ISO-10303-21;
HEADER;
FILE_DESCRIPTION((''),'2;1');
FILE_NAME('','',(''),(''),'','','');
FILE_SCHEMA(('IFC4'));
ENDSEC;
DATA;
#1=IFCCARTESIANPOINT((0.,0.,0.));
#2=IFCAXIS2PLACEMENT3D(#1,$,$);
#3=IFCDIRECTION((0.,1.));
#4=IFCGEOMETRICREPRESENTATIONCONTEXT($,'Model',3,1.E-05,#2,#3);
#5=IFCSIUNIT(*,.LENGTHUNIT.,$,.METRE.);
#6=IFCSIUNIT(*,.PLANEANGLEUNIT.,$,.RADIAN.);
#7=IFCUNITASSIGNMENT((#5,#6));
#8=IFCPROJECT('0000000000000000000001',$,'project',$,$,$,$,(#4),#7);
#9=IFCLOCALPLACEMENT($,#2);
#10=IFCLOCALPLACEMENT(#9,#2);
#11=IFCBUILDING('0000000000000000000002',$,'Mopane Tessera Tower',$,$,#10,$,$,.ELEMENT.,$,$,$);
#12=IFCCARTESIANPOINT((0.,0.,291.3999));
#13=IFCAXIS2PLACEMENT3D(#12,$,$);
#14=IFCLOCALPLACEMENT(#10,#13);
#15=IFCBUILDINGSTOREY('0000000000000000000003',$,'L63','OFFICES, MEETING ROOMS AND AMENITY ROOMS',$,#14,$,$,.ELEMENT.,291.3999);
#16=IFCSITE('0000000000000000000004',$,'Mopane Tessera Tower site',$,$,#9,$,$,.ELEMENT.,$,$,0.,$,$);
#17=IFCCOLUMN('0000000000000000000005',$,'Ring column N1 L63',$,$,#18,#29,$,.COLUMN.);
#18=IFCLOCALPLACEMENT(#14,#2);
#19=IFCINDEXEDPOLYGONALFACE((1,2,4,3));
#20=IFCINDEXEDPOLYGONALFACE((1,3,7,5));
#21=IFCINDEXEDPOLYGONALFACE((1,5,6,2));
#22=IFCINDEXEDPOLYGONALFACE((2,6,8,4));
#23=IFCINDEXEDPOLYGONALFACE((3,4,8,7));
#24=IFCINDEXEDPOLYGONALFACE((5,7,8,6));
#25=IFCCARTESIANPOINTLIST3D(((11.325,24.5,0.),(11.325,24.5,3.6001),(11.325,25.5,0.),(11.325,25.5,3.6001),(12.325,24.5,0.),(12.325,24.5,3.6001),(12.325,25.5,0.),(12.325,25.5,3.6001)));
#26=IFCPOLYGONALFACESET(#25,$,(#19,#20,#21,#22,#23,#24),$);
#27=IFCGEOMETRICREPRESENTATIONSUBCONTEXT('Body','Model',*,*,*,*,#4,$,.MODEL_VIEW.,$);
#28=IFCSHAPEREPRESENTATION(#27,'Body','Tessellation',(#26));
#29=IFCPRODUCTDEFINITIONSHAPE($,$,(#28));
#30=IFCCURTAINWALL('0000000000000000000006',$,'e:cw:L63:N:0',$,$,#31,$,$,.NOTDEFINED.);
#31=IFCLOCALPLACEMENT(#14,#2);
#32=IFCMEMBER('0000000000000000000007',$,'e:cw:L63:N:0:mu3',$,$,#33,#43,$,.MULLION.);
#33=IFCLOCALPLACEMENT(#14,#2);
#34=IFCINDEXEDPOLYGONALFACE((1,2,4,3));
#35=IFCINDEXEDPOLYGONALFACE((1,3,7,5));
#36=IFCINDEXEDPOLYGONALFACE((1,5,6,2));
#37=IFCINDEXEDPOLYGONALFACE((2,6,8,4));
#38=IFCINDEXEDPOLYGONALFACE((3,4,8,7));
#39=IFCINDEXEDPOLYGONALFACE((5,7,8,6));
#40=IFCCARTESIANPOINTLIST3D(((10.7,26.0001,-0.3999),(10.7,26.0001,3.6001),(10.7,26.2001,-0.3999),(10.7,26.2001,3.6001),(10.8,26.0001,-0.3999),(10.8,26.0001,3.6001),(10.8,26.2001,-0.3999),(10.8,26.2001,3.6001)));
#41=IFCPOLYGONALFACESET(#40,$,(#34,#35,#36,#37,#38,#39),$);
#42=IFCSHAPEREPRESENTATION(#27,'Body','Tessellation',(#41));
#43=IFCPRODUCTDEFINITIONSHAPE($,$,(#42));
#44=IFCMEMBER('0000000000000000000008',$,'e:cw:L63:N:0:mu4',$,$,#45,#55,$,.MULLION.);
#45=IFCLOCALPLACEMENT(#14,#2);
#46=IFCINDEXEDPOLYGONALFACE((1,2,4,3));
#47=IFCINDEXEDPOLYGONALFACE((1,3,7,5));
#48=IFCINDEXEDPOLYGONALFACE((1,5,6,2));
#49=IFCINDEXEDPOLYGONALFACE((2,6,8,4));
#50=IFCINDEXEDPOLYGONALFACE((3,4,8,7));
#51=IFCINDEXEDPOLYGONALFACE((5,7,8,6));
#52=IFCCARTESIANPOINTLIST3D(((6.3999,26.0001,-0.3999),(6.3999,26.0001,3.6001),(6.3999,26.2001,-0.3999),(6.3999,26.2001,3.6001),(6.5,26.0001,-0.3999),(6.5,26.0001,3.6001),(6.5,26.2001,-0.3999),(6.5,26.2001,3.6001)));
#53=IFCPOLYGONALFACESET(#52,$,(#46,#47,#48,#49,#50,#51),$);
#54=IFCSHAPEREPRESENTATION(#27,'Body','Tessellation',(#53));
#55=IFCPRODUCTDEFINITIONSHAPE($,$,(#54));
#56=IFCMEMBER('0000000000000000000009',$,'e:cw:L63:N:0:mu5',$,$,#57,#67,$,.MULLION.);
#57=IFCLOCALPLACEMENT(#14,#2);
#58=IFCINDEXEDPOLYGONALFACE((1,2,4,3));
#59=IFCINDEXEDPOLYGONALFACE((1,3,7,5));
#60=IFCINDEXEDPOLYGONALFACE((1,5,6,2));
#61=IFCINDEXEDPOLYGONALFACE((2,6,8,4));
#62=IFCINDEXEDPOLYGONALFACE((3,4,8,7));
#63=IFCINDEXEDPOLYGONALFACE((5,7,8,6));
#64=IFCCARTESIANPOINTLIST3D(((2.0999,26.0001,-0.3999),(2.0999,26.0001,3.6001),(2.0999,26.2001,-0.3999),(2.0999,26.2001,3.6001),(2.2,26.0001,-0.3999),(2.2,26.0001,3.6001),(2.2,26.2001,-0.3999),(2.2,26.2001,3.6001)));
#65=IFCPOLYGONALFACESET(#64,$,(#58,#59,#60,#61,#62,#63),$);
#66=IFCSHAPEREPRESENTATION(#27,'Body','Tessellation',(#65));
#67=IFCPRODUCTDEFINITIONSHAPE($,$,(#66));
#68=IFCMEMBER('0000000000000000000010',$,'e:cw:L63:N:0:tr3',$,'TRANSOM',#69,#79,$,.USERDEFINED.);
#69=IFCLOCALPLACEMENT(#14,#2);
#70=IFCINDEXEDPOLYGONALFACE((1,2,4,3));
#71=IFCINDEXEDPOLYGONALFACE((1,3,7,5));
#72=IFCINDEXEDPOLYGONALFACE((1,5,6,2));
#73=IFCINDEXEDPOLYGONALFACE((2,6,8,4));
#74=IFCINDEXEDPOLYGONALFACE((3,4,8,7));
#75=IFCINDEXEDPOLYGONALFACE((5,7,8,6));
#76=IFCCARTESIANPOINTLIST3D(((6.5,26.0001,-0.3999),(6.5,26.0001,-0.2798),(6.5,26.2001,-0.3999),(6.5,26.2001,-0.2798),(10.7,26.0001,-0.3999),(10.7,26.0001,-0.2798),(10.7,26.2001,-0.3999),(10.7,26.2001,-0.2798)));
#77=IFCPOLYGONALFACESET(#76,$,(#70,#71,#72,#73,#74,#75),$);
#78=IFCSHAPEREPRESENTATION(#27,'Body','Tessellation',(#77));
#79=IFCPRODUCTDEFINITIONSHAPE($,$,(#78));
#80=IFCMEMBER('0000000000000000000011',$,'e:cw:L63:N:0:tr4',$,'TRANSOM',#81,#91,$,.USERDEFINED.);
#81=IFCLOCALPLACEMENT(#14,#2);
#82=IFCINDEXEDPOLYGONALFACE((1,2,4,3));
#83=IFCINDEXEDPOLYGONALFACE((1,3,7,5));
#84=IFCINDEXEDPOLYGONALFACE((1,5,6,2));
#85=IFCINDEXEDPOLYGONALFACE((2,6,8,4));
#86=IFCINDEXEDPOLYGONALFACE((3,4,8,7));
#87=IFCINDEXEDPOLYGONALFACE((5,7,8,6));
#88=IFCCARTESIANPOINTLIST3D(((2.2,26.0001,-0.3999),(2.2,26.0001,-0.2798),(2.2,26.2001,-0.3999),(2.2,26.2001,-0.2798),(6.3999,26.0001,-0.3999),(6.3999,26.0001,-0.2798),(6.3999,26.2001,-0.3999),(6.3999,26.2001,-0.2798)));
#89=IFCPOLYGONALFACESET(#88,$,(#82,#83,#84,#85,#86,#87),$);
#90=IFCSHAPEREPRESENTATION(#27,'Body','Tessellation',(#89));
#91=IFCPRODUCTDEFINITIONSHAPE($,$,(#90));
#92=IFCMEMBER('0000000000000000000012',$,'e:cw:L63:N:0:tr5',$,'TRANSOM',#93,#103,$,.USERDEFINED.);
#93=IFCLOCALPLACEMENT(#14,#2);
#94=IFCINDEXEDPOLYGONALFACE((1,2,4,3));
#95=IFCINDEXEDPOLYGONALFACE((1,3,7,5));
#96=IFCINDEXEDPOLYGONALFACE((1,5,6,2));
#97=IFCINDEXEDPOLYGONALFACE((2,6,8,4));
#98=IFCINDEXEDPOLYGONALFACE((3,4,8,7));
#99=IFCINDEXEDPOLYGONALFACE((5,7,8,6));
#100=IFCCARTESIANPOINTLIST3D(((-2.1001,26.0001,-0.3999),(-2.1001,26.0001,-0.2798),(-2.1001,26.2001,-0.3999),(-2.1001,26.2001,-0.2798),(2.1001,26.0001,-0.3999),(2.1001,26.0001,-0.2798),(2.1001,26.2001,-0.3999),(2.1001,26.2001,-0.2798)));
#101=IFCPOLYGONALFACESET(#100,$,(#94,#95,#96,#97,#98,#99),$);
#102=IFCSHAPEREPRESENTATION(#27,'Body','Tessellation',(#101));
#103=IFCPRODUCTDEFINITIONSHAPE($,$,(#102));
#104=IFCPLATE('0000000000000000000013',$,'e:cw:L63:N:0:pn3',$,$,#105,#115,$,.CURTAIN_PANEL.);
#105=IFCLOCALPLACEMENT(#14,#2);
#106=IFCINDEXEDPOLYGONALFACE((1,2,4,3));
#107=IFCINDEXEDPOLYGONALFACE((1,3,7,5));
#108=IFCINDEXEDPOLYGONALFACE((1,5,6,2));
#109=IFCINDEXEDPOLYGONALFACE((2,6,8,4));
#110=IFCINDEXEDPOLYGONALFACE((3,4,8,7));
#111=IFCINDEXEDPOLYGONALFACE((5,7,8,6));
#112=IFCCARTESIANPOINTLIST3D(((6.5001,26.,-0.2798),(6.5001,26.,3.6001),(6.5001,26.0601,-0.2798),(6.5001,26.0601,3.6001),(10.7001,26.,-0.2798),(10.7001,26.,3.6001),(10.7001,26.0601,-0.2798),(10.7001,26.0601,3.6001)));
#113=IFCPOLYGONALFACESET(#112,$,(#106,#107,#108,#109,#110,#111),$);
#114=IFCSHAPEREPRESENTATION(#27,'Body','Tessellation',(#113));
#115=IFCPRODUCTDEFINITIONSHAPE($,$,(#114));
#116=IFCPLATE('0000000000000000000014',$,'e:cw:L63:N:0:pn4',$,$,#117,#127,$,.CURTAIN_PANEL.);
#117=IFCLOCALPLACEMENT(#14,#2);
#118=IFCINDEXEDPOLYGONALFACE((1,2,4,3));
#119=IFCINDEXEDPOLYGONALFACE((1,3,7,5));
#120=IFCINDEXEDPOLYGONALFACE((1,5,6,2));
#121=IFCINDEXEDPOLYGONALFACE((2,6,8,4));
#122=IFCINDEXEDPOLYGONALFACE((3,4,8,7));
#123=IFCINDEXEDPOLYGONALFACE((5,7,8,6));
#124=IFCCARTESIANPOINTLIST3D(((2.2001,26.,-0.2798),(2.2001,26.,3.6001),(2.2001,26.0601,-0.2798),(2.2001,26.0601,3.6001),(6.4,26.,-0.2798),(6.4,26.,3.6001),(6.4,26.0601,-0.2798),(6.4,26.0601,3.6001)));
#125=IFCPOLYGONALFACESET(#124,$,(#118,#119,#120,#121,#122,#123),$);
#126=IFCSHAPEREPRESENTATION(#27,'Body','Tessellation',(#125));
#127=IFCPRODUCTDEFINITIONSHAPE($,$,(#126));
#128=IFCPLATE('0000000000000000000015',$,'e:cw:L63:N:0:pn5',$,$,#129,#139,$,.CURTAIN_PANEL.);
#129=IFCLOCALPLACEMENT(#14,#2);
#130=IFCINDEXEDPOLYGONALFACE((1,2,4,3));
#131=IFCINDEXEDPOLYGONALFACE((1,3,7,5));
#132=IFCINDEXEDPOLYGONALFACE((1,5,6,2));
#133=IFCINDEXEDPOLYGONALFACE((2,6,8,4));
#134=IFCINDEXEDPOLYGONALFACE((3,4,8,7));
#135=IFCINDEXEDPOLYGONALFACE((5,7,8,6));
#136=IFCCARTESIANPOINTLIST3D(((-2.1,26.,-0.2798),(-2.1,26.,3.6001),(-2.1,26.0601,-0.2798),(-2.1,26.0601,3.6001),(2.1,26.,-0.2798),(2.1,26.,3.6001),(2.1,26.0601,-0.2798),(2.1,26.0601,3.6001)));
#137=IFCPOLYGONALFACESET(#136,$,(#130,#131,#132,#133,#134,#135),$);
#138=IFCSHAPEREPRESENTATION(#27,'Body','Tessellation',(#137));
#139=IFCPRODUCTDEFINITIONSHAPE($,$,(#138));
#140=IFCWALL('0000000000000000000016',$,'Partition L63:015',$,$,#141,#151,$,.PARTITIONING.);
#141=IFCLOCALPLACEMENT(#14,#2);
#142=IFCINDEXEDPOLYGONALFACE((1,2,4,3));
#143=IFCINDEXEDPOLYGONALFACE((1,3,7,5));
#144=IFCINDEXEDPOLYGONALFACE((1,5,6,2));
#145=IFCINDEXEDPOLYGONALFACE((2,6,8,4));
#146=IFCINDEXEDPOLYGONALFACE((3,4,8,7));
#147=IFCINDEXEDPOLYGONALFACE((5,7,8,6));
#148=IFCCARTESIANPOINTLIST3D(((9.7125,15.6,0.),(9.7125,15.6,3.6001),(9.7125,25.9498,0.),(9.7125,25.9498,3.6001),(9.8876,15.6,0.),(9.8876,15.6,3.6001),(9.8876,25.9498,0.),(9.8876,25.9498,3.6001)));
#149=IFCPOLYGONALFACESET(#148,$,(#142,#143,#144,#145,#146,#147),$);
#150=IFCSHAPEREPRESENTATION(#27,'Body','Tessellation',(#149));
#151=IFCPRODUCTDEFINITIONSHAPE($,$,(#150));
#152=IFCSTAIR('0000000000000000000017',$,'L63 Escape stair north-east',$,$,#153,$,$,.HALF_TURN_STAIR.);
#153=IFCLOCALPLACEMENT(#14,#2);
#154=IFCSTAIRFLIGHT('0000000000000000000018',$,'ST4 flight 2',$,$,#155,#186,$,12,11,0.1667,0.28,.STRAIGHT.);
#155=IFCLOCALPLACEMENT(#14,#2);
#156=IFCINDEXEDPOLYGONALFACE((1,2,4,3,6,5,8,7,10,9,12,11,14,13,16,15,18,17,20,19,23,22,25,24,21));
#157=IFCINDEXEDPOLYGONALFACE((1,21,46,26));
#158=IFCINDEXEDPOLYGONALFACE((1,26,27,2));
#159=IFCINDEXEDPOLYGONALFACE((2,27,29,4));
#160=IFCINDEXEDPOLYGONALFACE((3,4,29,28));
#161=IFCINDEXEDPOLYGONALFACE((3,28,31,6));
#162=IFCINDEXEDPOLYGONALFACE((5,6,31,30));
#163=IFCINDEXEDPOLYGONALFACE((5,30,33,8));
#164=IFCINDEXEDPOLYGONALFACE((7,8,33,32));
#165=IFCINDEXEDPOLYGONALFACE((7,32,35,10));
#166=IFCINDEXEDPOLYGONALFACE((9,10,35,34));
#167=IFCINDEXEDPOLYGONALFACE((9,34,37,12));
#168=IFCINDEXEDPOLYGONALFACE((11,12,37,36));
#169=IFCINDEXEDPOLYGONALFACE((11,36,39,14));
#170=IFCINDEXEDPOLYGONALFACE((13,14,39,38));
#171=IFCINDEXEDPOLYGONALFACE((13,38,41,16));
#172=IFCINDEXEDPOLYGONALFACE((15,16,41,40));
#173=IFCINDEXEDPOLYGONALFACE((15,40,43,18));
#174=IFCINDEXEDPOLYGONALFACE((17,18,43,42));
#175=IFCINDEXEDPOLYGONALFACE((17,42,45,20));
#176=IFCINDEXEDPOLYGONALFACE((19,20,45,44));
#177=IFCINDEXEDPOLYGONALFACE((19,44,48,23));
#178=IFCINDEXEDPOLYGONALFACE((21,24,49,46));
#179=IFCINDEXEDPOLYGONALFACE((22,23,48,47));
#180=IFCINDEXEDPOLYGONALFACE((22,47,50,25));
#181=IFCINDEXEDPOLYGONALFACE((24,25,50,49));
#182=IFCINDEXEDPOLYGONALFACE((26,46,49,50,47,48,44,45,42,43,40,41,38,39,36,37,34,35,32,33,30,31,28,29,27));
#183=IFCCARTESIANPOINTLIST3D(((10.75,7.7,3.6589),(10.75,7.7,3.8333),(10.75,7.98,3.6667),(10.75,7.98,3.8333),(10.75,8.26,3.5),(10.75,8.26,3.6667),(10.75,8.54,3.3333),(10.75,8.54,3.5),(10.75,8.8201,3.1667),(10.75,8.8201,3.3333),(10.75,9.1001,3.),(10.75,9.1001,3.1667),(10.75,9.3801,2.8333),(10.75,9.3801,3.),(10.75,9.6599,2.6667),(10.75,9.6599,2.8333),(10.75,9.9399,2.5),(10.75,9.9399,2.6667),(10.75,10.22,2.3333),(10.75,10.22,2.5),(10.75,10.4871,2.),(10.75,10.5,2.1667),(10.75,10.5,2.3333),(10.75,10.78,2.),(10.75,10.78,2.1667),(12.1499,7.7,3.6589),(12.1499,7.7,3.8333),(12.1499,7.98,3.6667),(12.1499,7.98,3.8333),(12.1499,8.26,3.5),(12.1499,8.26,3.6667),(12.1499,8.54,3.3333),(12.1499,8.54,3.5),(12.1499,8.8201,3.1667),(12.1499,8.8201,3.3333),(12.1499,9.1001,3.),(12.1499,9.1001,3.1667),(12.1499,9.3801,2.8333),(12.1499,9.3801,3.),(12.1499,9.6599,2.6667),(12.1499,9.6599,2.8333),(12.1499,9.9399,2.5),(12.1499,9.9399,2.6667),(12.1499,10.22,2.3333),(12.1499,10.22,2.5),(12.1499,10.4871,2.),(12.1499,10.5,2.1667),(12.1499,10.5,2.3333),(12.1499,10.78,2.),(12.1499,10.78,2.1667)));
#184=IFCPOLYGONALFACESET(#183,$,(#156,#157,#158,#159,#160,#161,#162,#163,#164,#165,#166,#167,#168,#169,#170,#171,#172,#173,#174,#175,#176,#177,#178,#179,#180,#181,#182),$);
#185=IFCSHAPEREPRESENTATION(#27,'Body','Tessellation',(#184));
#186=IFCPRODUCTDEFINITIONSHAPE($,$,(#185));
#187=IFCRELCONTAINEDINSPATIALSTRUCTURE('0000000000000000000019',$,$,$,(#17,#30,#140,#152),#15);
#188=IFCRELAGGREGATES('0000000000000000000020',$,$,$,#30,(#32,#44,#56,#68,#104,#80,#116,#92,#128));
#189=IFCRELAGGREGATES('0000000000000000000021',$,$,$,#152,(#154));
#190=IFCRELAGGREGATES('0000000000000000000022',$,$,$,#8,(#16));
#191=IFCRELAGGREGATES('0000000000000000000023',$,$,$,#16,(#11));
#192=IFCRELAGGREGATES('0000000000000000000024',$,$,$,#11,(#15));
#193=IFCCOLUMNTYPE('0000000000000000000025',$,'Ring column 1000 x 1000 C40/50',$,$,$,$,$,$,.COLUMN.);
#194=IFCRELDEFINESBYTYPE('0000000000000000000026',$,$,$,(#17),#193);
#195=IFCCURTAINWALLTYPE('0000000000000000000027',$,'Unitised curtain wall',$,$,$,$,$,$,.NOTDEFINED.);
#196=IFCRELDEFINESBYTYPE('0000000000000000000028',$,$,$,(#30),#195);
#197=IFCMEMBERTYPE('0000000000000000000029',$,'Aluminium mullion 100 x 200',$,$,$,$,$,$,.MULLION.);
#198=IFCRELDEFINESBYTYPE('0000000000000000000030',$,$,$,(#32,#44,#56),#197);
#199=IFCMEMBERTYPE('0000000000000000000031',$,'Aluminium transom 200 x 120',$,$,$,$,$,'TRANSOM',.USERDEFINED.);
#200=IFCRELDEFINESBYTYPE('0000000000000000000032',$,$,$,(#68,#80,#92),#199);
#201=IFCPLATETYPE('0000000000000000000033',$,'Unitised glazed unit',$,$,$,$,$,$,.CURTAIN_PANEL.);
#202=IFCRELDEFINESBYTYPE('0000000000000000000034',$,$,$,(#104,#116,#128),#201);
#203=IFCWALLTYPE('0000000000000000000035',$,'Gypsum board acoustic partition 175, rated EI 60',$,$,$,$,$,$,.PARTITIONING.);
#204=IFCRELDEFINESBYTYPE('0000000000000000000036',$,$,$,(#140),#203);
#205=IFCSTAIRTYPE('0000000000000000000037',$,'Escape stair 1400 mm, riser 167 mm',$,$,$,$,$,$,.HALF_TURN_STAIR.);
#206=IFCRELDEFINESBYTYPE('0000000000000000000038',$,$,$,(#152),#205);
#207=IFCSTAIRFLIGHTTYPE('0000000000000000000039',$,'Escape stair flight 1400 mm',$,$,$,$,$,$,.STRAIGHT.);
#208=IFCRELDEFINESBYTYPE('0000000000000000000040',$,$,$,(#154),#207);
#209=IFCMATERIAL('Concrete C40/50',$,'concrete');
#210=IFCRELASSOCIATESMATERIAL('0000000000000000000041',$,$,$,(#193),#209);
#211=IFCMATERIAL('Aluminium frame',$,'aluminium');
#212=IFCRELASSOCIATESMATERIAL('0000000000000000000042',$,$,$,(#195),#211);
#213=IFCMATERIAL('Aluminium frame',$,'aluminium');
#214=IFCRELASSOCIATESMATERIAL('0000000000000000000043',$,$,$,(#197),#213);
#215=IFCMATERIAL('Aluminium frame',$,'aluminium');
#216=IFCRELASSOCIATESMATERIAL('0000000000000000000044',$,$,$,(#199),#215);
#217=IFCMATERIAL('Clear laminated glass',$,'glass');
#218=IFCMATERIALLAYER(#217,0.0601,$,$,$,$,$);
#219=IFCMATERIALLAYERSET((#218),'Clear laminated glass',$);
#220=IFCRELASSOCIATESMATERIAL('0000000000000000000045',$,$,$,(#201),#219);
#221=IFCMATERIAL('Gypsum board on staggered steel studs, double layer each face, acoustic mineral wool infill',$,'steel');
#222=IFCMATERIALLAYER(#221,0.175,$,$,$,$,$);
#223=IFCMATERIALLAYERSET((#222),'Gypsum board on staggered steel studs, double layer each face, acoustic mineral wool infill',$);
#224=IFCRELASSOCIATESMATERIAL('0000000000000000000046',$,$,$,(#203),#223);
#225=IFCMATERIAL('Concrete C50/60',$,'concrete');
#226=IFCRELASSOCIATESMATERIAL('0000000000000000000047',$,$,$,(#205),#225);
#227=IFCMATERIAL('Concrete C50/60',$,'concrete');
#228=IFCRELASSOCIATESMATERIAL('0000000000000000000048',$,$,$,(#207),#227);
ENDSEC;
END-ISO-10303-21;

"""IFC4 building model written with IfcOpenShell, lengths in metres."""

from ifc_helpers import new_model, si_unit, direction, frame, frame_2d, origin, origin_2d, place, context, subcontext, project, spatial, polyline, rectangle, outline, extrude, material, layer, layer_set, material_profile, profile_set, type_object, element, aggregate, save


model = new_model("IFC4")

# Units and contexts
model_context = context("Model", 3, precision=1e-05, world=origin(), true_north=direction((0.0, 1.0)))
body_context = subcontext(model_context, "Body", "Model", "MODEL_VIEW")
ifc_project = project(units=[si_unit("LENGTHUNIT", "METRE"), si_unit("PLANEANGLEUNIT", "RADIAN")], contexts=[model_context])

# Site, building, storey
site_placement = place(None, origin())
site = spatial("IfcSite", under=ifc_project, at=site_placement, Name="Mopane Tessera Tower site", CompositionType="ELEMENT", RefElevation=0.0)
building_placement = place(site_placement, origin())
building = spatial("IfcBuilding", under=site, at=building_placement, Name="Mopane Tessera Tower", CompositionType="ELEMENT")
storey_placement = place(building_placement, frame((0.0, 0.0, 291.3999)))
storey = spatial("IfcBuildingStorey", under=building, at=storey_placement, Name="L63", Description="OFFICES, MEETING ROOMS AND AMENITY ROOMS", CompositionType="ELEMENT", Elevation=291.3999)

# Column
ifc_material_1 = material(Name="Concrete C40/50", Category="concrete")
ifc_material_profile_1 = material_profile(ifc_material_1, rectangle(XDim=1.0, YDim=1.0, at=origin_2d()))
ifc_profile_set_1 = profile_set([ifc_material_profile_1], Name="Concrete C40/50")
column_type = type_object("IfcColumnType", Name="Ring column 1000 x 1000 C40/50", PredefinedType="COLUMN", material=ifc_profile_set_1)
column_placement = place(storey_placement, frame((11.825, 25.0, 0.0), z_axis=(0.0, 0.0, 1.0), x_axis=(1.0, 0.0, 0.0)))
element("IfcColumn", 1, at=column_placement, inside=storey, type_object=column_type, Name="Ring column N1 L63", PredefinedType="COLUMN", context=body_context, shape_type="SweptSolid", body=[
    extrude(rectangle(XDim=1.0, YDim=1.0, at=origin_2d()), origin(), (0.0, 0.0, 1.0), 3.6001),
])

# Curtain wall, members, plates
ifc_material_2 = material(Name="Aluminium frame", Category="aluminium")
curtain_wall_type = type_object("IfcCurtainWallType", Name="Unitised curtain wall", PredefinedType="NOTDEFINED", material=ifc_material_2)
curtain_wall_placement = place(storey_placement, origin())
curtain_wall = element("IfcCurtainWall", 2, at=curtain_wall_placement, inside=storey, type_object=curtain_wall_type, Name="e:cw:L63:N:0", PredefinedType="NOTDEFINED")
ifc_material_3 = material(Name="Aluminium frame", Category="aluminium")
ifc_material_profile_2 = material_profile(ifc_material_3, rectangle(XDim=0.1001, YDim=0.2, at=origin_2d()))
ifc_profile_set_2 = profile_set([ifc_material_profile_2], Name="Aluminium frame")
member_type_1 = type_object("IfcMemberType", Name="Aluminium mullion 100 x 200", PredefinedType="MULLION", material=ifc_profile_set_2)
member_1_placement = place(storey_placement, frame((10.75, 26.1001, -0.3999), z_axis=(0.0, 0.0, 1.0), x_axis=(-1.0, 0.0, 0.0)))
member_1 = element("IfcMember", 3, at=member_1_placement, type_object=member_type_1, Name="e:cw:L63:N:0:mu3", PredefinedType="MULLION", context=body_context, shape_type="SweptSolid", body=[
    extrude(rectangle(XDim=0.1001, YDim=0.2, at=origin_2d()), origin(), (0.0, 0.0, 1.0), 4.0),
])
member_2_placement = place(storey_placement, frame((6.45, 26.1001, -0.3999), z_axis=(0.0, 0.0, 1.0), x_axis=(-1.0, 0.0, 0.0)))
member_2 = element("IfcMember", 4, at=member_2_placement, type_object=member_type_1, Name="e:cw:L63:N:0:mu4", PredefinedType="MULLION", context=body_context, shape_type="SweptSolid", body=[
    extrude(rectangle(XDim=0.1001, YDim=0.2, at=origin_2d()), origin(), (0.0, 0.0, 1.0), 4.0),
])
member_3_placement = place(storey_placement, frame((2.1499, 26.1001, -0.3999), z_axis=(0.0, 0.0, 1.0), x_axis=(-1.0, 0.0, 0.0)))
member_3 = element("IfcMember", 5, at=member_3_placement, type_object=member_type_1, Name="e:cw:L63:N:0:mu5", PredefinedType="MULLION", context=body_context, shape_type="SweptSolid", body=[
    extrude(rectangle(XDim=0.1001, YDim=0.2, at=origin_2d()), origin(), (0.0, 0.0, 1.0), 4.0),
])
ifc_material_4 = material(Name="Aluminium frame", Category="aluminium")
ifc_material_profile_3 = material_profile(ifc_material_4, rectangle(XDim=0.2, YDim=0.1201, at=origin_2d()))
ifc_profile_set_3 = profile_set([ifc_material_profile_3], Name="Aluminium frame")
member_type_2 = type_object("IfcMemberType", Name="Aluminium transom 200 x 120", ElementType="TRANSOM", PredefinedType="USERDEFINED", material=ifc_profile_set_3)
member_4_placement = place(storey_placement, frame((10.7, 26.1001, -0.3398), z_axis=(-1.0, 0.0, 0.0), x_axis=(0.0, -1.0, 0.0)))
member_4 = element("IfcMember", 6, at=member_4_placement, type_object=member_type_2, Name="e:cw:L63:N:0:tr3", ObjectType="TRANSOM", PredefinedType="USERDEFINED", context=body_context, shape_type="SweptSolid", body=[
    extrude(rectangle(XDim=0.2, YDim=0.1201, at=origin_2d()), origin(), (0.0, 0.0, 1.0), 4.2),
])
member_5_placement = place(storey_placement, frame((6.3999, 26.1001, -0.3398), z_axis=(-1.0, 0.0, 0.0), x_axis=(0.0, -1.0, 0.0)))
member_5 = element("IfcMember", 7, at=member_5_placement, type_object=member_type_2, Name="e:cw:L63:N:0:tr4", ObjectType="TRANSOM", PredefinedType="USERDEFINED", context=body_context, shape_type="SweptSolid", body=[
    extrude(rectangle(XDim=0.2, YDim=0.1201, at=origin_2d()), origin(), (0.0, 0.0, 1.0), 4.2),
])
member_6_placement = place(storey_placement, frame((2.1001, 26.1001, -0.3398), z_axis=(-1.0, 0.0, 0.0), x_axis=(0.0, -1.0, 0.0)))
member_6 = element("IfcMember", 8, at=member_6_placement, type_object=member_type_2, Name="e:cw:L63:N:0:tr5", ObjectType="TRANSOM", PredefinedType="USERDEFINED", context=body_context, shape_type="SweptSolid", body=[
    extrude(rectangle(XDim=0.2, YDim=0.1201, at=origin_2d()), origin(), (0.0, 0.0, 1.0), 4.2002),
])
ifc_material_5 = material(Name="Clear laminated glass", Category="glass")
ifc_layer_1 = layer(ifc_material_5, 0.0601)
ifc_layer_set_1 = layer_set([ifc_layer_1], Name="Clear laminated glass")
plate_type = type_object("IfcPlateType", Name="Unitised glazed unit", PredefinedType="CURTAIN_PANEL", material=ifc_layer_set_1)
plate_1_placement = place(storey_placement, frame((8.6001, 26.03, -0.2798), z_axis=(0.0, 0.0, 1.0), x_axis=(-1.0, 0.0, 0.0)))
plate_1 = element("IfcPlate", 9, at=plate_1_placement, type_object=plate_type, Name="e:cw:L63:N:0:pn3", PredefinedType="CURTAIN_PANEL", context=body_context, shape_type="SweptSolid", body=[
    extrude(rectangle(XDim=4.2, YDim=0.0601, at=origin_2d()), origin(), (0.0, 0.0, 1.0), 3.8799),
])
plate_2_placement = place(storey_placement, frame((4.3, 26.03, -0.2798), z_axis=(0.0, 0.0, 1.0), x_axis=(-1.0, 0.0, 0.0)))
plate_2 = element("IfcPlate", 10, at=plate_2_placement, type_object=plate_type, Name="e:cw:L63:N:0:pn4", PredefinedType="CURTAIN_PANEL", context=body_context, shape_type="SweptSolid", body=[
    extrude(rectangle(XDim=4.2, YDim=0.0601, at=origin_2d()), origin(), (0.0, 0.0, 1.0), 3.8799),
])
plate_3_placement = place(storey_placement, frame((0.0, 26.03, -0.2798), z_axis=(0.0, 0.0, 1.0), x_axis=(-1.0, 0.0, 0.0)))
plate_3 = element("IfcPlate", 11, at=plate_3_placement, type_object=plate_type, Name="e:cw:L63:N:0:pn5", PredefinedType="CURTAIN_PANEL", context=body_context, shape_type="SweptSolid", body=[
    extrude(rectangle(XDim=4.2, YDim=0.0601, at=origin_2d()), origin(), (0.0, 0.0, 1.0), 3.8799),
])
aggregate(curtain_wall, [member_1, member_2, member_3, member_4, plate_1, member_5, plate_2, member_6, plate_3])

# Wall
ifc_material_6 = material(Name="Gypsum board on staggered steel studs, double layer each face, acoustic mineral wool infill", Category="steel")
ifc_layer_2 = layer(ifc_material_6, 0.175)
ifc_layer_set_2 = layer_set([ifc_layer_2], Name="Gypsum board on staggered steel studs, double layer each face, acoustic mineral wool infill")
wall_type = type_object("IfcWallType", Name="Gypsum board acoustic partition 175, rated EI 60", PredefinedType="PARTITIONING", material=ifc_layer_set_2)
wall_placement = place(storey_placement, frame((9.8, 15.6001, 0.0), z_axis=(0.0, 0.0, 1.0), x_axis=(0.0, 1.0, 0.0)))
element("IfcWall", 12, at=wall_placement, inside=storey, type_object=wall_type, Name="Partition L63:015", PredefinedType="PARTITIONING", context=body_context, shape_type="SweptSolid", body=[
    extrude(rectangle(XDim=10.3499, YDim=0.175, at=frame_2d((5.1748, 0.0))), origin(), (0.0, 0.0, 1.0), 3.6001),
])

# Stair, stair flight
ifc_material_7 = material(Name="Concrete C50/60", Category="concrete")
stair_type = type_object("IfcStairType", Name="Escape stair 1400 mm, riser 167 mm", PredefinedType="HALF_TURN_STAIR", material=ifc_material_7)
stair_placement = place(storey_placement, origin())
stair = element("IfcStair", 13, at=stair_placement, inside=storey, type_object=stair_type, Name="L63 Escape stair north-east", PredefinedType="HALF_TURN_STAIR")
ifc_material_8 = material(Name="Concrete C50/60", Category="concrete")
stair_flight_type = type_object("IfcStairFlightType", Name="Escape stair flight 1400 mm", PredefinedType="STRAIGHT", material=ifc_material_8)
stair_flight_placement = place(storey_placement, frame((11.45, 10.78, 2.0), z_axis=(0.0, 0.0, 1.0), x_axis=(0.0, -1.0, 0.0)))
stair_flight = element("IfcStairFlight", 14, at=stair_flight_placement, type_object=stair_flight_type, Name="ST4 flight 2", NumberOfRisers=12, NumberOfTreads=11, PredefinedType="STRAIGHT", RiserHeight=0.1667, TreadLength=0.28, context=body_context, shape_type="SweptSolid", body=[
    extrude(outline(polyline([(0.0, 0.0), (0.0, 0.1667), (0.28, 0.1667), (0.28, 0.3333), (0.5601, 0.3333), (0.5601, 0.5), (0.8401, 0.5), (0.8401, 0.6667), (1.1201, 0.6667), (1.1201, 0.8333), (1.3999, 0.8333), (1.3999, 1.0), (1.6799, 1.0), (1.6799, 1.1667), (1.96, 1.1667), (1.96, 1.3333), (2.24, 1.3333), (2.24, 1.5), (2.52, 1.5), (2.52, 1.6667), (2.8, 1.6667), (2.8, 1.8333), (3.0801, 1.8333), (3.0801, 2.0), (3.0801, 1.6589), (0.293, 0.0), (0.0, 0.0)])), frame((0.0, 0.7, 0.0), z_axis=(0.0, -1.0, 0.0), x_axis=(1.0, 0.0, 0.0)), (0.0, 0.0, 1.0), 1.3999),
])
aggregate(stair, [stair_flight])

save(model, "model.ifc")
